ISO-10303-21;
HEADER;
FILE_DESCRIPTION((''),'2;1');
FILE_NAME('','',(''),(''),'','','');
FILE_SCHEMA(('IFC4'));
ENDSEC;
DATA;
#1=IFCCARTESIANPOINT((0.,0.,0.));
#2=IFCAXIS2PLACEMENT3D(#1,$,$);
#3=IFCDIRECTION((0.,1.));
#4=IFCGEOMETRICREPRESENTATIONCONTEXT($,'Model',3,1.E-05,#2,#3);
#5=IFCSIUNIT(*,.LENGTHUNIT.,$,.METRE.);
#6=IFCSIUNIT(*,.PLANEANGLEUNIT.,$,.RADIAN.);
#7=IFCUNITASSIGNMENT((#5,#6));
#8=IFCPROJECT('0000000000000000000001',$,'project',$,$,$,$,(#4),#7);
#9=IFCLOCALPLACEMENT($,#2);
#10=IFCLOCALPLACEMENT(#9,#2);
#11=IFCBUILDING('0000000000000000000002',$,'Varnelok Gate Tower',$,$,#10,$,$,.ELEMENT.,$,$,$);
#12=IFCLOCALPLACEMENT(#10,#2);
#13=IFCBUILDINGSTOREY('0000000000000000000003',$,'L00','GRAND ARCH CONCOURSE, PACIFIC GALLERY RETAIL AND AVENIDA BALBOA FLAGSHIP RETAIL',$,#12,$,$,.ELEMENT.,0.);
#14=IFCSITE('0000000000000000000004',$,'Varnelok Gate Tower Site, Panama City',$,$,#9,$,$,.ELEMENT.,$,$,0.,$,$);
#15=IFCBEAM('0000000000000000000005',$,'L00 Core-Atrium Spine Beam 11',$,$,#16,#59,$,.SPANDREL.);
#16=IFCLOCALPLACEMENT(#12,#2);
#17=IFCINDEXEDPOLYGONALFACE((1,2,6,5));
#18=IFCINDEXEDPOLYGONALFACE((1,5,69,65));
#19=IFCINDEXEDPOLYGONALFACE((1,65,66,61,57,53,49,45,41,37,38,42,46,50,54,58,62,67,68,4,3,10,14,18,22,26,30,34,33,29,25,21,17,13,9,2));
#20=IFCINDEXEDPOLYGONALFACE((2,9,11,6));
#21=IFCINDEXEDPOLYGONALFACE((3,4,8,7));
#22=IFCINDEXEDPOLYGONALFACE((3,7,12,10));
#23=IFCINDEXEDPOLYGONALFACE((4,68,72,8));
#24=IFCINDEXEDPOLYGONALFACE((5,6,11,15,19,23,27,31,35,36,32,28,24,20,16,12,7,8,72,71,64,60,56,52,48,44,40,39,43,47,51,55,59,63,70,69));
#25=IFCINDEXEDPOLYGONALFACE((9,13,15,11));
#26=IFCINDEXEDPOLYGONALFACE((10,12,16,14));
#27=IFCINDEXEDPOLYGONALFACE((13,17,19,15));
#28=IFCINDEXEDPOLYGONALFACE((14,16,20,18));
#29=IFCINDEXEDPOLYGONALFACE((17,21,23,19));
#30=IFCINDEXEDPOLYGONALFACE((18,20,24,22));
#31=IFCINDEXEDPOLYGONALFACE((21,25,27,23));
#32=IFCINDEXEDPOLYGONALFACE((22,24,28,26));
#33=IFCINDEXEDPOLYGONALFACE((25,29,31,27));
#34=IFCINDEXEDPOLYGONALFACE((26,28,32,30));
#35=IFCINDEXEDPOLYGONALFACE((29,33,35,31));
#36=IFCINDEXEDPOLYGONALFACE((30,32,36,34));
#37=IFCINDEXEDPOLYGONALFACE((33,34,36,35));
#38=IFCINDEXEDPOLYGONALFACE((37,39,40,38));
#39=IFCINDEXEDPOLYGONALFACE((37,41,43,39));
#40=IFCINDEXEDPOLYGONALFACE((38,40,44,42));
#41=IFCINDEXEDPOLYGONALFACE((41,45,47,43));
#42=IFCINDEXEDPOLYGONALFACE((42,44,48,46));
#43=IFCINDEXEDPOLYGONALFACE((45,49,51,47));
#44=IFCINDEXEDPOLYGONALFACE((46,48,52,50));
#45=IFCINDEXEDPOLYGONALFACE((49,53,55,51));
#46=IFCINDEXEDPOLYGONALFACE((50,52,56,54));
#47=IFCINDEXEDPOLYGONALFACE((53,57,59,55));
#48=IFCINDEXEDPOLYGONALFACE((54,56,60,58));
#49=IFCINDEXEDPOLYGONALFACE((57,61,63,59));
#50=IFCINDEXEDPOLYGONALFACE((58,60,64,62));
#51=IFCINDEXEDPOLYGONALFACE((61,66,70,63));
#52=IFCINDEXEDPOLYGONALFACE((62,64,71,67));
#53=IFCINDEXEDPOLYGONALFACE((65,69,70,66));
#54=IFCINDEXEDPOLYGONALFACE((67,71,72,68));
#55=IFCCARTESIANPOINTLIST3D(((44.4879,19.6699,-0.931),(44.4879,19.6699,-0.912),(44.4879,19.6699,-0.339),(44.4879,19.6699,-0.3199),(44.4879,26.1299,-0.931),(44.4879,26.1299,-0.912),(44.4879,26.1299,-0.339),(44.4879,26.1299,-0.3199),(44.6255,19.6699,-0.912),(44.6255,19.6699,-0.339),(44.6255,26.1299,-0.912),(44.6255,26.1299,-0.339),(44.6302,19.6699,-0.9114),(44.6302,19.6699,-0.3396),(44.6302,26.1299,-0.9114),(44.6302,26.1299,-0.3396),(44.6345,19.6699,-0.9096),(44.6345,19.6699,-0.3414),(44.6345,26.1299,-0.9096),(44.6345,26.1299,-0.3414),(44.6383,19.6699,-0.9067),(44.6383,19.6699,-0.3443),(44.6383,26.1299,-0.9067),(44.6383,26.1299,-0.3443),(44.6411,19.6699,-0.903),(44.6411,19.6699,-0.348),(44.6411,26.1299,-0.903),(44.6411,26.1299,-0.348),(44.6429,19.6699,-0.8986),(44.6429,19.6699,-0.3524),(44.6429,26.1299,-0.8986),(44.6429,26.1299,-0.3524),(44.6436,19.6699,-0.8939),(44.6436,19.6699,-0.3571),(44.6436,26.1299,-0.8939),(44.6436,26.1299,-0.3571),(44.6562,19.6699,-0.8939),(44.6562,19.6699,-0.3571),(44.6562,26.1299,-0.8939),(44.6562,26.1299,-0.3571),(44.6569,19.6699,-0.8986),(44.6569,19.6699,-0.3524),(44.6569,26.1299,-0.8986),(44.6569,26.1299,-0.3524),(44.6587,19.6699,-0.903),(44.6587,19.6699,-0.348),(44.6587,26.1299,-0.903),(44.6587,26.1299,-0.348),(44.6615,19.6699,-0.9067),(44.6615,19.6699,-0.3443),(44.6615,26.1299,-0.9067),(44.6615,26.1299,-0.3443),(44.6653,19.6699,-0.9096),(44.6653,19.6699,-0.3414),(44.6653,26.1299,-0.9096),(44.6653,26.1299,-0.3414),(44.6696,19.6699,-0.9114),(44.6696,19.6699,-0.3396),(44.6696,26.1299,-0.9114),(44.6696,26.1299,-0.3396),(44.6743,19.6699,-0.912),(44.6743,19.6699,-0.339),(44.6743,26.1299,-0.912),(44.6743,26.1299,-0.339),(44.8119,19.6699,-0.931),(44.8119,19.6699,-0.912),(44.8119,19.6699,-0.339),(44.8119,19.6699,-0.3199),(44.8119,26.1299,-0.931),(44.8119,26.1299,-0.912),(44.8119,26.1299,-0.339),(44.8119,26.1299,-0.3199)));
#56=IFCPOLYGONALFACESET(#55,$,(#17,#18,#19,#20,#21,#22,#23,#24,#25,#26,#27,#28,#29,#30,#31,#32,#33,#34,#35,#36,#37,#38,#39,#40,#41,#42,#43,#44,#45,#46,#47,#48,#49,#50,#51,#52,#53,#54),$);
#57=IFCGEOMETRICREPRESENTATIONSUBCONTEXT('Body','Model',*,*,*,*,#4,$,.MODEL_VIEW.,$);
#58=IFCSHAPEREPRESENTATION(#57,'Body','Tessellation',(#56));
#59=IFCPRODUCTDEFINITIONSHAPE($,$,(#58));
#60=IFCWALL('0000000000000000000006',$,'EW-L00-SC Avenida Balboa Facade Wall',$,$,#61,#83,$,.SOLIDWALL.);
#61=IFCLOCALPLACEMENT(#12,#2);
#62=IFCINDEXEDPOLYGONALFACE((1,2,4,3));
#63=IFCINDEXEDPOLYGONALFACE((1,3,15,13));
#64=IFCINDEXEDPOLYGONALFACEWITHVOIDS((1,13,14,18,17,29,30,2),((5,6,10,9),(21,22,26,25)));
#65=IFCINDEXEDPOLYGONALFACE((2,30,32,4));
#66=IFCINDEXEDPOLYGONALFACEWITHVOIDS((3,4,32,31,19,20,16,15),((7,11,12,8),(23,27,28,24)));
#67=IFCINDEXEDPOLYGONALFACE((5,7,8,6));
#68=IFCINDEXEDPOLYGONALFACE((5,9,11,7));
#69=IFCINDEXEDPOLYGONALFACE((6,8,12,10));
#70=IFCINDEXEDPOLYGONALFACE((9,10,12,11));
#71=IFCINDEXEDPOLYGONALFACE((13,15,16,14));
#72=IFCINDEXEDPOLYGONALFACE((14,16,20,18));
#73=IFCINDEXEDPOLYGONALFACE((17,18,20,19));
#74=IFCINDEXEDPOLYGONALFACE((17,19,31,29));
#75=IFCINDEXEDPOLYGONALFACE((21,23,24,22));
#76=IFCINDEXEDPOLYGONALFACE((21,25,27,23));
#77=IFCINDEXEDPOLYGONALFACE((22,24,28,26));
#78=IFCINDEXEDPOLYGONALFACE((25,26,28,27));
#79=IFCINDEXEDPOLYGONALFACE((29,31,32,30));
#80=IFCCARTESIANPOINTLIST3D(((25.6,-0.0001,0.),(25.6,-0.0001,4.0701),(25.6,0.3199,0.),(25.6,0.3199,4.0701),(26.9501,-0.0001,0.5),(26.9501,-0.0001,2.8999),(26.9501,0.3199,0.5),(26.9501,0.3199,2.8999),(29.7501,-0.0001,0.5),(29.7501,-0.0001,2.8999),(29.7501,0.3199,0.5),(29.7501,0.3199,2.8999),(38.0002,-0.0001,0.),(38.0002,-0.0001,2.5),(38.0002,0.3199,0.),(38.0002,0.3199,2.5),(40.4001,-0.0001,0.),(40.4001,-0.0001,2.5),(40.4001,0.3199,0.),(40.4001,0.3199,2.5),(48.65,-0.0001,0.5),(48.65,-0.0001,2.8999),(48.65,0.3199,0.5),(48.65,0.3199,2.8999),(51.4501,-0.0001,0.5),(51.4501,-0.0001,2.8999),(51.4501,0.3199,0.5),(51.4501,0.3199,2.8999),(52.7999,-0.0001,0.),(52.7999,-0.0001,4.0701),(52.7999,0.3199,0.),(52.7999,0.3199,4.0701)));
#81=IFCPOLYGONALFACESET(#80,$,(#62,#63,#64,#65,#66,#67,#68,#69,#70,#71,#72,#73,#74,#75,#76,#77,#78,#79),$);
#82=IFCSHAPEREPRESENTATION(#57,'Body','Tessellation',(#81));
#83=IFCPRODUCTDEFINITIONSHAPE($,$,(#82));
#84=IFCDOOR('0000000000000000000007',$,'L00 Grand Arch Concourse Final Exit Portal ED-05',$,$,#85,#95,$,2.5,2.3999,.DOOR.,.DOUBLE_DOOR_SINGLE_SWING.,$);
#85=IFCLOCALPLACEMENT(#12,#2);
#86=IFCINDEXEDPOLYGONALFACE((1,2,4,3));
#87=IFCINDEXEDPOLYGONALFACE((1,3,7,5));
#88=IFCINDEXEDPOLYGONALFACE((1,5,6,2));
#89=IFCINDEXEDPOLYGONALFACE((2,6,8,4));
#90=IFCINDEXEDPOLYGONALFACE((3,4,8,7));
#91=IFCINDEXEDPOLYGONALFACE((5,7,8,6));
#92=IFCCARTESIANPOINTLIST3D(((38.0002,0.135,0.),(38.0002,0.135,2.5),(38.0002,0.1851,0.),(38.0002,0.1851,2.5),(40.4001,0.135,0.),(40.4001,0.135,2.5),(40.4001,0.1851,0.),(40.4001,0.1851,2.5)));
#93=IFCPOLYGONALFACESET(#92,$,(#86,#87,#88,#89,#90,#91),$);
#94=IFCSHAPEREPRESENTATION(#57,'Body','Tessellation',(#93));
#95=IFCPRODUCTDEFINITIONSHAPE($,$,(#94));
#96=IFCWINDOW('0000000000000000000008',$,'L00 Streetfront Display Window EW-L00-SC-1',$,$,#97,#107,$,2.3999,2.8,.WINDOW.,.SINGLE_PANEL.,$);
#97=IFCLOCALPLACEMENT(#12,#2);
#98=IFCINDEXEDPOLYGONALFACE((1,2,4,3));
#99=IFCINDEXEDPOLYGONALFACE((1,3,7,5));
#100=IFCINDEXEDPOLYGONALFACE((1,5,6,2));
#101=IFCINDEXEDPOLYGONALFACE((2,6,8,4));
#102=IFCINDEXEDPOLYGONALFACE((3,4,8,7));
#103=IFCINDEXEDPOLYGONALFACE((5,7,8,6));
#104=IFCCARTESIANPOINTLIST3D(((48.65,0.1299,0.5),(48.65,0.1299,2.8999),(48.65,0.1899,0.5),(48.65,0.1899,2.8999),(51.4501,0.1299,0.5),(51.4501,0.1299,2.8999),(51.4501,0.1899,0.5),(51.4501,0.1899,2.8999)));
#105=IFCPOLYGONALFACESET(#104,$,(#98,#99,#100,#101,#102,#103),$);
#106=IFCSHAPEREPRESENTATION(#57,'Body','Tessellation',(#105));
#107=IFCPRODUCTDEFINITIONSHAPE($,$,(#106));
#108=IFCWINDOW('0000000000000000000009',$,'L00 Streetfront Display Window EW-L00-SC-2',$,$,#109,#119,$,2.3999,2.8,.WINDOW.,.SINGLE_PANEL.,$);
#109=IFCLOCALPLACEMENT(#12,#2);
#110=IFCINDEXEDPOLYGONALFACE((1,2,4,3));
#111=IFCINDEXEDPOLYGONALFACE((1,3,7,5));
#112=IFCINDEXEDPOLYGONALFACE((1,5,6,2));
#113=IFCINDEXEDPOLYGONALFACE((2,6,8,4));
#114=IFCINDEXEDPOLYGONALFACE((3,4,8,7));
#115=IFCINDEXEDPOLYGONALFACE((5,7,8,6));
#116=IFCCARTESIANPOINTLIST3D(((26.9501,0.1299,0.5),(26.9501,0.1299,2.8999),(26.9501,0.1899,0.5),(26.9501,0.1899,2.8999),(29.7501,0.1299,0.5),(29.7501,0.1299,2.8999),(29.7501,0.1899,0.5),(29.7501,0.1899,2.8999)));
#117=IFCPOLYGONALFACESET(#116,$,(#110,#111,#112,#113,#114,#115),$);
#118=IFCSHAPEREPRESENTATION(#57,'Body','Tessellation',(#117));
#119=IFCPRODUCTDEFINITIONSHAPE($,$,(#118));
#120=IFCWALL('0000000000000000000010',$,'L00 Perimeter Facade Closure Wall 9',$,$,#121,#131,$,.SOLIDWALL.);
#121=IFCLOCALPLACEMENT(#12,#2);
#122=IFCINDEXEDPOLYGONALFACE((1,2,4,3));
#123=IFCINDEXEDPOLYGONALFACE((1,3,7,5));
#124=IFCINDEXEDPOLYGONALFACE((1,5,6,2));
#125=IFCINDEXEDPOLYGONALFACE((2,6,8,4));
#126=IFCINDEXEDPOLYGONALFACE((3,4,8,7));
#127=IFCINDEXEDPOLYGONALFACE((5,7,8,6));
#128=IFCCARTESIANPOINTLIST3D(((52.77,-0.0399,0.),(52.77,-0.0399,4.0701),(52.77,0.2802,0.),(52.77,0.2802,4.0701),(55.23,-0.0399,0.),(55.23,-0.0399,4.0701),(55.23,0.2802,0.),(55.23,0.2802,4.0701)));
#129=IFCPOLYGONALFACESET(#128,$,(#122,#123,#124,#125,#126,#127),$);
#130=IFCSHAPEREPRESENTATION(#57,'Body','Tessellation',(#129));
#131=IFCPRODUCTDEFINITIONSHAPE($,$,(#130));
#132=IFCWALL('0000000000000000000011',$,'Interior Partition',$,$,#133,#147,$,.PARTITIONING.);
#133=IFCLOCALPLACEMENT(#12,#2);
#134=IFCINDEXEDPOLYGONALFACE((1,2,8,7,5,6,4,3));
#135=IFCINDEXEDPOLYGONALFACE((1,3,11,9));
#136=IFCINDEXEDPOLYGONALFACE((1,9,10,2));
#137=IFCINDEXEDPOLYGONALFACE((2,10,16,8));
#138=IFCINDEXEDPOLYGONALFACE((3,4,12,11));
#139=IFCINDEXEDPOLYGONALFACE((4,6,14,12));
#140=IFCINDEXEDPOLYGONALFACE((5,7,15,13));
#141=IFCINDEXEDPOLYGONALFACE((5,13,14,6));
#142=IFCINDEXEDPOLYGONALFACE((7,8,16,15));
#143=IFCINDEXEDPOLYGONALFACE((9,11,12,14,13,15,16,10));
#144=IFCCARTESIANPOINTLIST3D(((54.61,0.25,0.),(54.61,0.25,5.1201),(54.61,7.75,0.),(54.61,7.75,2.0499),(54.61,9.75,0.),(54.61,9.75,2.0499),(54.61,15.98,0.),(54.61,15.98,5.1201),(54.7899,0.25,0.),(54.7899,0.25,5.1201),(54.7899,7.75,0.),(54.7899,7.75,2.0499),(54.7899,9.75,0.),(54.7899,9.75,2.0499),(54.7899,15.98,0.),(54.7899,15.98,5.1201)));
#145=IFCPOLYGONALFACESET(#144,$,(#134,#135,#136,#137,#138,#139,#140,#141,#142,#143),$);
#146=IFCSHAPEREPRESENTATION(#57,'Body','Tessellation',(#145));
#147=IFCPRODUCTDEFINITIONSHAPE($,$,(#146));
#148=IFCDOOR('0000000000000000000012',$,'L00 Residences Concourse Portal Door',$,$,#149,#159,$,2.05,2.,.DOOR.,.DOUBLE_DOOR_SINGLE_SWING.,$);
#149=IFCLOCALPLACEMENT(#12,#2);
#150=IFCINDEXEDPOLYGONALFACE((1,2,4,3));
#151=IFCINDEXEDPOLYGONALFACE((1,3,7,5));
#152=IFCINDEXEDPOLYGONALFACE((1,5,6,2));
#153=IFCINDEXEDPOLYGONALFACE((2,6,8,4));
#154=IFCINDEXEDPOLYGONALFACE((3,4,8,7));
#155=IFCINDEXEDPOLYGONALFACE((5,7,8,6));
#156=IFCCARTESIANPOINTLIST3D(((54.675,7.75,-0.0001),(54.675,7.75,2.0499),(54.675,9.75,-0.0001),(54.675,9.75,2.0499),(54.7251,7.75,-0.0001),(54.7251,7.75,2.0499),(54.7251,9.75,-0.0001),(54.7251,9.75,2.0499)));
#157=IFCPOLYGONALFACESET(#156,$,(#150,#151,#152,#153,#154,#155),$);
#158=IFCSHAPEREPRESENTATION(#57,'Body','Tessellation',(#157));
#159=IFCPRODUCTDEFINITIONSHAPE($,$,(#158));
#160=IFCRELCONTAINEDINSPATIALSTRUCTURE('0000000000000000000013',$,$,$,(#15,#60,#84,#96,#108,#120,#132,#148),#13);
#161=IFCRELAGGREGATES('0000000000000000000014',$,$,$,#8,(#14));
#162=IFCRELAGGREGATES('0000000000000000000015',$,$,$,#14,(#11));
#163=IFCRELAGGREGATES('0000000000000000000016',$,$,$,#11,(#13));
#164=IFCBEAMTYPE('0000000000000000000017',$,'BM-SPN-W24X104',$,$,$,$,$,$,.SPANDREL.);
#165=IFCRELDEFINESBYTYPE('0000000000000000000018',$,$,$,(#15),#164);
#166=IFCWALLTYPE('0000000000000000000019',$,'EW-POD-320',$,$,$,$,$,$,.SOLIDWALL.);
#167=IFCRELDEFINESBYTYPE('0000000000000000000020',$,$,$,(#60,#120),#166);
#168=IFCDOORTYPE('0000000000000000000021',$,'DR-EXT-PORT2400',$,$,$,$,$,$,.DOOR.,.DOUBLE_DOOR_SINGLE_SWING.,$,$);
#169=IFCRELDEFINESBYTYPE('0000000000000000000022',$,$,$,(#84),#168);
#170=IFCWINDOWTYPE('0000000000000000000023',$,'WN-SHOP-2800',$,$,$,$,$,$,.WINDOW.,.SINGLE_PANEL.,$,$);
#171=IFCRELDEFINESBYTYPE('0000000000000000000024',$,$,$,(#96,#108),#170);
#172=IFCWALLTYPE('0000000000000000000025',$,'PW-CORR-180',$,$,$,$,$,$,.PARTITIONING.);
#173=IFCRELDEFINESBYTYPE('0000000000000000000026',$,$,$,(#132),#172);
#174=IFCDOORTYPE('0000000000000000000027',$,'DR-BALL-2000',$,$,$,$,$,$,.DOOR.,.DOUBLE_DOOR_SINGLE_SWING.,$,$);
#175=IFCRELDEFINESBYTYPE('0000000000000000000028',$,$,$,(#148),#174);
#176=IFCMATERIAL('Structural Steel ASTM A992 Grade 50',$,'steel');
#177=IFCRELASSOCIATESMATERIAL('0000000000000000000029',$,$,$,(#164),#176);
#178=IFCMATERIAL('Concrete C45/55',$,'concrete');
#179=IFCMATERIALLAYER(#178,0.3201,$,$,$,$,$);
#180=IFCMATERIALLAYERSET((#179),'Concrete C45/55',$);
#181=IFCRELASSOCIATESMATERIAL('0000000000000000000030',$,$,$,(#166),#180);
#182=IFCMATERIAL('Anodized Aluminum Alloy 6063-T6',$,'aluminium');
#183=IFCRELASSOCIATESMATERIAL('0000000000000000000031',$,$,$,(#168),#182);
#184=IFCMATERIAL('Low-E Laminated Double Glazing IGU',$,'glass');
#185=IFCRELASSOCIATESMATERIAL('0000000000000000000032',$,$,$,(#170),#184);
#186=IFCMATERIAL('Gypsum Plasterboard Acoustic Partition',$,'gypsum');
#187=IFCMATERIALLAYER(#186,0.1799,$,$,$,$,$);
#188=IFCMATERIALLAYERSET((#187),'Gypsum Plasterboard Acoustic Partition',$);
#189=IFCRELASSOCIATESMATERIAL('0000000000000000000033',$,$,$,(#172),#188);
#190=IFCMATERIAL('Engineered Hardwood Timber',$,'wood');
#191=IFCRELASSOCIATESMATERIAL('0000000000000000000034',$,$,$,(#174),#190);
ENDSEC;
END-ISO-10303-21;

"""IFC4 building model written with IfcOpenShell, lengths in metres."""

from ifc_helpers import new_model, si_unit, direction, frame, frame_2d, origin, origin_2d, place, context, subcontext, project, spatial, rectangle, i_section, extrude, material, layer, layer_set, material_profile, profile_set, type_object, element, fill, save


model = new_model("IFC4")

# Units and contexts
model_context = context("Model", 3, precision=1e-05, world=origin(), true_north=direction((0.0, 1.0)))
body_context = subcontext(model_context, "Body", "Model", "MODEL_VIEW")
ifc_project = project(units=[si_unit("LENGTHUNIT", "METRE"), si_unit("PLANEANGLEUNIT", "RADIAN")], contexts=[model_context])

# Site, building, storey
site_placement = place(None, origin())
site = spatial("IfcSite", under=ifc_project, at=site_placement, Name="Varnelok Gate Tower Site, Panama City", CompositionType="ELEMENT", RefElevation=0.0)
building_placement = place(site_placement, origin())
building = spatial("IfcBuilding", under=site, at=building_placement, Name="Varnelok Gate Tower", CompositionType="ELEMENT")
storey_placement = place(building_placement, origin())
storey = spatial("IfcBuildingStorey", under=building, at=storey_placement, Name="L00", Description="GRAND ARCH CONCOURSE, PACIFIC GALLERY RETAIL AND AVENIDA BALBOA FLAGSHIP RETAIL", CompositionType="ELEMENT", Elevation=0.0)

# Shared definitions
ifc_material_1 = material(Name="Structural Steel ASTM A992 Grade 50", Category="steel")

# Beam
ifc_material_profile_1 = material_profile(ifc_material_1, i_section(OverallWidth=0.324, OverallDepth=0.6111, WebThickness=0.0127, FlangeThickness=0.019, FilletRadius=0.0181, at=origin_2d()), Name="W24X104")
ifc_profile_set_1 = profile_set([ifc_material_profile_1], Name="Structural Steel ASTM A992 Grade 50")
beam_type_1 = type_object("IfcBeamType", Name="BM-SPN-W24X104", PredefinedType="SPANDREL", material=ifc_profile_set_1)
for number, where, z_axis, x_axis, name in (
    (1, (44.6499, 19.6699, -0.6255), (0.0, 1.0, 0.0), (-1.0, 0.0, 0.0), "L00 Core-Atrium Spine Beam 11"),
):
    element("IfcBeam", number, at=place(storey_placement, frame(where, z_axis=z_axis, x_axis=x_axis)), inside=storey, type_object=beam_type_1, Name=name, PredefinedType="SPANDREL", context=body_context, shape_type="SweptSolid", body=[
        extrude(i_section(OverallWidth=0.324, OverallDepth=0.6111, WebThickness=0.0127, FlangeThickness=0.019, FilletRadius=0.0181, at=origin_2d()), origin(), (0.0, 0.0, 1.0), 6.46),
    ])

# Wall, openings, door, windows
ifc_material_2 = material(Name="Concrete C45/55", Category="concrete")
ifc_layer_1 = layer(ifc_material_2, 0.3201)
ifc_layer_set_1 = layer_set([ifc_layer_1], Name="Concrete C45/55")
wall_type_1 = type_object("IfcWallType", Name="EW-POD-320", PredefinedType="SOLIDWALL", material=ifc_layer_set_1)
wall_1_placement = place(storey_placement, frame((52.8, 0.1599, 0.0), z_axis=(0.0, 0.0, 1.0), x_axis=(-1.0, 0.0, 0.0)))
wall_1 = element("IfcWall", 2, at=wall_1_placement, inside=storey, type_object=wall_type_1, Name="EW-L00-SC Avenida Balboa Facade Wall", PredefinedType="SOLIDWALL", context=body_context, shape_type="SweptSolid", body=[
    extrude(rectangle(XDim=27.2, YDim=0.3201, at=frame_2d((13.6001, 0.0))), origin(), (0.0, 0.0, 1.0), 4.0701),
])
opening_1_placement = place(wall_1_placement, frame((12.3999, 0.0, 0.0)))
opening_1 = element("IfcOpeningElement", 3, at=opening_1_placement, cuts=wall_1, PredefinedType="OPENING", context=body_context, shape_type="SweptSolid", body=[
    extrude(rectangle(XDim=2.3999, YDim=2.5, at=frame_2d((1.2, 1.25))), frame((0.0, 0.1699, 0.0), z_axis=(0.0, -1.0, 0.0), x_axis=(1.0, 0.0, 0.0)), (0.0, 0.0, 1.0), 0.3401),
])
opening_2_placement = place(wall_1_placement, frame((1.3501, 0.0, 0.5)))
opening_2 = element("IfcOpeningElement", 4, at=opening_2_placement, cuts=wall_1, PredefinedType="OPENING", context=body_context, shape_type="SweptSolid", body=[
    extrude(rectangle(XDim=2.8, YDim=2.3999, at=frame_2d((1.3999, 1.2))), frame((0.0, 0.1699, 0.0), z_axis=(0.0, -1.0, 0.0), x_axis=(1.0, 0.0, 0.0)), (0.0, 0.0, 1.0), 0.3401),
])
opening_3_placement = place(wall_1_placement, frame((23.05, 0.0, 0.5)))
opening_3 = element("IfcOpeningElement", 5, at=opening_3_placement, cuts=wall_1, PredefinedType="OPENING", context=body_context, shape_type="SweptSolid", body=[
    extrude(rectangle(XDim=2.8, YDim=2.3999, at=frame_2d((1.3999, 1.2))), frame((0.0, 0.1699, 0.0), z_axis=(0.0, -1.0, 0.0), x_axis=(1.0, 0.0, 0.0)), (0.0, 0.0, 1.0), 0.3401),
])
ifc_material_3 = material(Name="Anodized Aluminum Alloy 6063-T6", Category="aluminium")
door_type_1 = type_object("IfcDoorType", Name="DR-EXT-PORT2400", OperationType="DOUBLE_DOOR_SINGLE_SWING", PredefinedType="DOOR", material=ifc_material_3)
door_1_placement = place(opening_1_placement, origin())
door_1 = element("IfcDoor", 6, at=door_1_placement, inside=storey, type_object=door_type_1, Name="L00 Grand Arch Concourse Final Exit Portal ED-05", OperationType="DOUBLE_DOOR_SINGLE_SWING", OverallHeight=2.5, OverallWidth=2.3999, PredefinedType="DOOR", context=body_context, shape_type="SweptSolid", body=[
    extrude(rectangle(XDim=2.3999, YDim=2.5, at=frame_2d((1.2, 1.25))), frame((0.0, 0.0249, 0.0), z_axis=(0.0, -1.0, 0.0), x_axis=(1.0, 0.0, 0.0)), (0.0, 0.0, 1.0), 0.05),
])
fill(opening_1, door_1)
ifc_material_4 = material(Name="Low-E Laminated Double Glazing IGU", Category="glass")
window_type = type_object("IfcWindowType", Name="WN-SHOP-2800", PartitioningType="SINGLE_PANEL", PredefinedType="WINDOW", material=ifc_material_4)
window_1_placement = place(opening_2_placement, origin())
window_1 = element("IfcWindow", 7, at=window_1_placement, inside=storey, type_object=window_type, Name="L00 Streetfront Display Window EW-L00-SC-1", OverallHeight=2.3999, OverallWidth=2.8, PartitioningType="SINGLE_PANEL", PredefinedType="WINDOW", context=body_context, shape_type="SweptSolid", body=[
    extrude(rectangle(XDim=2.8, YDim=2.3999, at=frame_2d((1.3999, 1.2))), frame((0.0, 0.03, 0.0), z_axis=(0.0, -1.0, 0.0), x_axis=(1.0, 0.0, 0.0)), (0.0, 0.0, 1.0), 0.0601),
])
fill(opening_2, window_1)
window_2_placement = place(opening_3_placement, origin())
window_2 = element("IfcWindow", 8, at=window_2_placement, inside=storey, type_object=window_type, Name="L00 Streetfront Display Window EW-L00-SC-2", OverallHeight=2.3999, OverallWidth=2.8, PartitioningType="SINGLE_PANEL", PredefinedType="WINDOW", context=body_context, shape_type="SweptSolid", body=[
    extrude(rectangle(XDim=2.8, YDim=2.3999, at=frame_2d((1.3999, 1.2))), frame((0.0, 0.03, 0.0), z_axis=(0.0, -1.0, 0.0), x_axis=(1.0, 0.0, 0.0)), (0.0, 0.0, 1.0), 0.0601),
])
fill(opening_3, window_2)

# Wall
wall_2_placement = place(storey_placement, frame((52.77, 0.1201, 0.0), z_axis=(0.0, 0.0, 1.0), x_axis=(1.0, 0.0, 0.0)))
element("IfcWall", 9, at=wall_2_placement, inside=storey, type_object=wall_type_1, Name="L00 Perimeter Facade Closure Wall 9", PredefinedType="SOLIDWALL", context=body_context, shape_type="SweptSolid", body=[
    extrude(rectangle(XDim=2.46, YDim=0.3201, at=frame_2d((1.23, 0.0))), origin(), (0.0, 0.0, 1.0), 4.0701),
])

# Wall, opening, door
ifc_material_5 = material(Name="Gypsum Plasterboard Acoustic Partition", Category="gypsum")
ifc_layer_2 = layer(ifc_material_5, 0.1799)
ifc_layer_set_2 = layer_set([ifc_layer_2], Name="Gypsum Plasterboard Acoustic Partition")
wall_type_2 = type_object("IfcWallType", Name="PW-CORR-180", PredefinedType="PARTITIONING", material=ifc_layer_set_2)
wall_3_placement = place(storey_placement, frame((54.7, 0.25, 0.0), z_axis=(0.0, 0.0, 1.0), x_axis=(0.0, 1.0, 0.0)))
wall_3 = element("IfcWall", 10, at=wall_3_placement, inside=storey, type_object=wall_type_2, Name="Interior Partition", PredefinedType="PARTITIONING", context=body_context, shape_type="SweptSolid", body=[
    extrude(rectangle(XDim=15.73, YDim=0.1799, at=frame_2d((7.865, 0.0))), origin(), (0.0, 0.0, 1.0), 5.1201),
])
opening_4_placement = place(wall_3_placement, frame((7.5, 0.0, 0.0)))
opening_4 = element("IfcOpeningElement", 11, at=opening_4_placement, cuts=wall_3, PredefinedType="OPENING", context=body_context, shape_type="SweptSolid", body=[
    extrude(rectangle(XDim=2.0, YDim=2.05, at=frame_2d((1.0, 1.0249))), frame((0.0, 0.0999, 0.0), z_axis=(0.0, -1.0, 0.0), x_axis=(1.0, 0.0, 0.0)), (0.0, 0.0, 1.0), 0.2),
])
ifc_material_6 = material(Name="Engineered Hardwood Timber", Category="wood")
door_type_2 = type_object("IfcDoorType", Name="DR-BALL-2000", OperationType="DOUBLE_DOOR_SINGLE_SWING", PredefinedType="DOOR", material=ifc_material_6)
door_2_placement = place(opening_4_placement, origin())
door_2 = element("IfcDoor", 12, at=door_2_placement, inside=storey, type_object=door_type_2, Name="L00 Residences Concourse Portal Door", OperationType="DOUBLE_DOOR_SINGLE_SWING", OverallHeight=2.05, OverallWidth=2.0, PredefinedType="DOOR", context=body_context, shape_type="SweptSolid", body=[
    extrude(rectangle(XDim=2.0, YDim=2.05, at=frame_2d((1.0, 1.0249))), frame((0.0, 0.0249, 0.0), z_axis=(0.0, -1.0, 0.0), x_axis=(1.0, 0.0, 0.0)), (0.0, 0.0, 1.0), 0.05),
])
fill(opening_4, door_2)

save(model, "model.ifc")
